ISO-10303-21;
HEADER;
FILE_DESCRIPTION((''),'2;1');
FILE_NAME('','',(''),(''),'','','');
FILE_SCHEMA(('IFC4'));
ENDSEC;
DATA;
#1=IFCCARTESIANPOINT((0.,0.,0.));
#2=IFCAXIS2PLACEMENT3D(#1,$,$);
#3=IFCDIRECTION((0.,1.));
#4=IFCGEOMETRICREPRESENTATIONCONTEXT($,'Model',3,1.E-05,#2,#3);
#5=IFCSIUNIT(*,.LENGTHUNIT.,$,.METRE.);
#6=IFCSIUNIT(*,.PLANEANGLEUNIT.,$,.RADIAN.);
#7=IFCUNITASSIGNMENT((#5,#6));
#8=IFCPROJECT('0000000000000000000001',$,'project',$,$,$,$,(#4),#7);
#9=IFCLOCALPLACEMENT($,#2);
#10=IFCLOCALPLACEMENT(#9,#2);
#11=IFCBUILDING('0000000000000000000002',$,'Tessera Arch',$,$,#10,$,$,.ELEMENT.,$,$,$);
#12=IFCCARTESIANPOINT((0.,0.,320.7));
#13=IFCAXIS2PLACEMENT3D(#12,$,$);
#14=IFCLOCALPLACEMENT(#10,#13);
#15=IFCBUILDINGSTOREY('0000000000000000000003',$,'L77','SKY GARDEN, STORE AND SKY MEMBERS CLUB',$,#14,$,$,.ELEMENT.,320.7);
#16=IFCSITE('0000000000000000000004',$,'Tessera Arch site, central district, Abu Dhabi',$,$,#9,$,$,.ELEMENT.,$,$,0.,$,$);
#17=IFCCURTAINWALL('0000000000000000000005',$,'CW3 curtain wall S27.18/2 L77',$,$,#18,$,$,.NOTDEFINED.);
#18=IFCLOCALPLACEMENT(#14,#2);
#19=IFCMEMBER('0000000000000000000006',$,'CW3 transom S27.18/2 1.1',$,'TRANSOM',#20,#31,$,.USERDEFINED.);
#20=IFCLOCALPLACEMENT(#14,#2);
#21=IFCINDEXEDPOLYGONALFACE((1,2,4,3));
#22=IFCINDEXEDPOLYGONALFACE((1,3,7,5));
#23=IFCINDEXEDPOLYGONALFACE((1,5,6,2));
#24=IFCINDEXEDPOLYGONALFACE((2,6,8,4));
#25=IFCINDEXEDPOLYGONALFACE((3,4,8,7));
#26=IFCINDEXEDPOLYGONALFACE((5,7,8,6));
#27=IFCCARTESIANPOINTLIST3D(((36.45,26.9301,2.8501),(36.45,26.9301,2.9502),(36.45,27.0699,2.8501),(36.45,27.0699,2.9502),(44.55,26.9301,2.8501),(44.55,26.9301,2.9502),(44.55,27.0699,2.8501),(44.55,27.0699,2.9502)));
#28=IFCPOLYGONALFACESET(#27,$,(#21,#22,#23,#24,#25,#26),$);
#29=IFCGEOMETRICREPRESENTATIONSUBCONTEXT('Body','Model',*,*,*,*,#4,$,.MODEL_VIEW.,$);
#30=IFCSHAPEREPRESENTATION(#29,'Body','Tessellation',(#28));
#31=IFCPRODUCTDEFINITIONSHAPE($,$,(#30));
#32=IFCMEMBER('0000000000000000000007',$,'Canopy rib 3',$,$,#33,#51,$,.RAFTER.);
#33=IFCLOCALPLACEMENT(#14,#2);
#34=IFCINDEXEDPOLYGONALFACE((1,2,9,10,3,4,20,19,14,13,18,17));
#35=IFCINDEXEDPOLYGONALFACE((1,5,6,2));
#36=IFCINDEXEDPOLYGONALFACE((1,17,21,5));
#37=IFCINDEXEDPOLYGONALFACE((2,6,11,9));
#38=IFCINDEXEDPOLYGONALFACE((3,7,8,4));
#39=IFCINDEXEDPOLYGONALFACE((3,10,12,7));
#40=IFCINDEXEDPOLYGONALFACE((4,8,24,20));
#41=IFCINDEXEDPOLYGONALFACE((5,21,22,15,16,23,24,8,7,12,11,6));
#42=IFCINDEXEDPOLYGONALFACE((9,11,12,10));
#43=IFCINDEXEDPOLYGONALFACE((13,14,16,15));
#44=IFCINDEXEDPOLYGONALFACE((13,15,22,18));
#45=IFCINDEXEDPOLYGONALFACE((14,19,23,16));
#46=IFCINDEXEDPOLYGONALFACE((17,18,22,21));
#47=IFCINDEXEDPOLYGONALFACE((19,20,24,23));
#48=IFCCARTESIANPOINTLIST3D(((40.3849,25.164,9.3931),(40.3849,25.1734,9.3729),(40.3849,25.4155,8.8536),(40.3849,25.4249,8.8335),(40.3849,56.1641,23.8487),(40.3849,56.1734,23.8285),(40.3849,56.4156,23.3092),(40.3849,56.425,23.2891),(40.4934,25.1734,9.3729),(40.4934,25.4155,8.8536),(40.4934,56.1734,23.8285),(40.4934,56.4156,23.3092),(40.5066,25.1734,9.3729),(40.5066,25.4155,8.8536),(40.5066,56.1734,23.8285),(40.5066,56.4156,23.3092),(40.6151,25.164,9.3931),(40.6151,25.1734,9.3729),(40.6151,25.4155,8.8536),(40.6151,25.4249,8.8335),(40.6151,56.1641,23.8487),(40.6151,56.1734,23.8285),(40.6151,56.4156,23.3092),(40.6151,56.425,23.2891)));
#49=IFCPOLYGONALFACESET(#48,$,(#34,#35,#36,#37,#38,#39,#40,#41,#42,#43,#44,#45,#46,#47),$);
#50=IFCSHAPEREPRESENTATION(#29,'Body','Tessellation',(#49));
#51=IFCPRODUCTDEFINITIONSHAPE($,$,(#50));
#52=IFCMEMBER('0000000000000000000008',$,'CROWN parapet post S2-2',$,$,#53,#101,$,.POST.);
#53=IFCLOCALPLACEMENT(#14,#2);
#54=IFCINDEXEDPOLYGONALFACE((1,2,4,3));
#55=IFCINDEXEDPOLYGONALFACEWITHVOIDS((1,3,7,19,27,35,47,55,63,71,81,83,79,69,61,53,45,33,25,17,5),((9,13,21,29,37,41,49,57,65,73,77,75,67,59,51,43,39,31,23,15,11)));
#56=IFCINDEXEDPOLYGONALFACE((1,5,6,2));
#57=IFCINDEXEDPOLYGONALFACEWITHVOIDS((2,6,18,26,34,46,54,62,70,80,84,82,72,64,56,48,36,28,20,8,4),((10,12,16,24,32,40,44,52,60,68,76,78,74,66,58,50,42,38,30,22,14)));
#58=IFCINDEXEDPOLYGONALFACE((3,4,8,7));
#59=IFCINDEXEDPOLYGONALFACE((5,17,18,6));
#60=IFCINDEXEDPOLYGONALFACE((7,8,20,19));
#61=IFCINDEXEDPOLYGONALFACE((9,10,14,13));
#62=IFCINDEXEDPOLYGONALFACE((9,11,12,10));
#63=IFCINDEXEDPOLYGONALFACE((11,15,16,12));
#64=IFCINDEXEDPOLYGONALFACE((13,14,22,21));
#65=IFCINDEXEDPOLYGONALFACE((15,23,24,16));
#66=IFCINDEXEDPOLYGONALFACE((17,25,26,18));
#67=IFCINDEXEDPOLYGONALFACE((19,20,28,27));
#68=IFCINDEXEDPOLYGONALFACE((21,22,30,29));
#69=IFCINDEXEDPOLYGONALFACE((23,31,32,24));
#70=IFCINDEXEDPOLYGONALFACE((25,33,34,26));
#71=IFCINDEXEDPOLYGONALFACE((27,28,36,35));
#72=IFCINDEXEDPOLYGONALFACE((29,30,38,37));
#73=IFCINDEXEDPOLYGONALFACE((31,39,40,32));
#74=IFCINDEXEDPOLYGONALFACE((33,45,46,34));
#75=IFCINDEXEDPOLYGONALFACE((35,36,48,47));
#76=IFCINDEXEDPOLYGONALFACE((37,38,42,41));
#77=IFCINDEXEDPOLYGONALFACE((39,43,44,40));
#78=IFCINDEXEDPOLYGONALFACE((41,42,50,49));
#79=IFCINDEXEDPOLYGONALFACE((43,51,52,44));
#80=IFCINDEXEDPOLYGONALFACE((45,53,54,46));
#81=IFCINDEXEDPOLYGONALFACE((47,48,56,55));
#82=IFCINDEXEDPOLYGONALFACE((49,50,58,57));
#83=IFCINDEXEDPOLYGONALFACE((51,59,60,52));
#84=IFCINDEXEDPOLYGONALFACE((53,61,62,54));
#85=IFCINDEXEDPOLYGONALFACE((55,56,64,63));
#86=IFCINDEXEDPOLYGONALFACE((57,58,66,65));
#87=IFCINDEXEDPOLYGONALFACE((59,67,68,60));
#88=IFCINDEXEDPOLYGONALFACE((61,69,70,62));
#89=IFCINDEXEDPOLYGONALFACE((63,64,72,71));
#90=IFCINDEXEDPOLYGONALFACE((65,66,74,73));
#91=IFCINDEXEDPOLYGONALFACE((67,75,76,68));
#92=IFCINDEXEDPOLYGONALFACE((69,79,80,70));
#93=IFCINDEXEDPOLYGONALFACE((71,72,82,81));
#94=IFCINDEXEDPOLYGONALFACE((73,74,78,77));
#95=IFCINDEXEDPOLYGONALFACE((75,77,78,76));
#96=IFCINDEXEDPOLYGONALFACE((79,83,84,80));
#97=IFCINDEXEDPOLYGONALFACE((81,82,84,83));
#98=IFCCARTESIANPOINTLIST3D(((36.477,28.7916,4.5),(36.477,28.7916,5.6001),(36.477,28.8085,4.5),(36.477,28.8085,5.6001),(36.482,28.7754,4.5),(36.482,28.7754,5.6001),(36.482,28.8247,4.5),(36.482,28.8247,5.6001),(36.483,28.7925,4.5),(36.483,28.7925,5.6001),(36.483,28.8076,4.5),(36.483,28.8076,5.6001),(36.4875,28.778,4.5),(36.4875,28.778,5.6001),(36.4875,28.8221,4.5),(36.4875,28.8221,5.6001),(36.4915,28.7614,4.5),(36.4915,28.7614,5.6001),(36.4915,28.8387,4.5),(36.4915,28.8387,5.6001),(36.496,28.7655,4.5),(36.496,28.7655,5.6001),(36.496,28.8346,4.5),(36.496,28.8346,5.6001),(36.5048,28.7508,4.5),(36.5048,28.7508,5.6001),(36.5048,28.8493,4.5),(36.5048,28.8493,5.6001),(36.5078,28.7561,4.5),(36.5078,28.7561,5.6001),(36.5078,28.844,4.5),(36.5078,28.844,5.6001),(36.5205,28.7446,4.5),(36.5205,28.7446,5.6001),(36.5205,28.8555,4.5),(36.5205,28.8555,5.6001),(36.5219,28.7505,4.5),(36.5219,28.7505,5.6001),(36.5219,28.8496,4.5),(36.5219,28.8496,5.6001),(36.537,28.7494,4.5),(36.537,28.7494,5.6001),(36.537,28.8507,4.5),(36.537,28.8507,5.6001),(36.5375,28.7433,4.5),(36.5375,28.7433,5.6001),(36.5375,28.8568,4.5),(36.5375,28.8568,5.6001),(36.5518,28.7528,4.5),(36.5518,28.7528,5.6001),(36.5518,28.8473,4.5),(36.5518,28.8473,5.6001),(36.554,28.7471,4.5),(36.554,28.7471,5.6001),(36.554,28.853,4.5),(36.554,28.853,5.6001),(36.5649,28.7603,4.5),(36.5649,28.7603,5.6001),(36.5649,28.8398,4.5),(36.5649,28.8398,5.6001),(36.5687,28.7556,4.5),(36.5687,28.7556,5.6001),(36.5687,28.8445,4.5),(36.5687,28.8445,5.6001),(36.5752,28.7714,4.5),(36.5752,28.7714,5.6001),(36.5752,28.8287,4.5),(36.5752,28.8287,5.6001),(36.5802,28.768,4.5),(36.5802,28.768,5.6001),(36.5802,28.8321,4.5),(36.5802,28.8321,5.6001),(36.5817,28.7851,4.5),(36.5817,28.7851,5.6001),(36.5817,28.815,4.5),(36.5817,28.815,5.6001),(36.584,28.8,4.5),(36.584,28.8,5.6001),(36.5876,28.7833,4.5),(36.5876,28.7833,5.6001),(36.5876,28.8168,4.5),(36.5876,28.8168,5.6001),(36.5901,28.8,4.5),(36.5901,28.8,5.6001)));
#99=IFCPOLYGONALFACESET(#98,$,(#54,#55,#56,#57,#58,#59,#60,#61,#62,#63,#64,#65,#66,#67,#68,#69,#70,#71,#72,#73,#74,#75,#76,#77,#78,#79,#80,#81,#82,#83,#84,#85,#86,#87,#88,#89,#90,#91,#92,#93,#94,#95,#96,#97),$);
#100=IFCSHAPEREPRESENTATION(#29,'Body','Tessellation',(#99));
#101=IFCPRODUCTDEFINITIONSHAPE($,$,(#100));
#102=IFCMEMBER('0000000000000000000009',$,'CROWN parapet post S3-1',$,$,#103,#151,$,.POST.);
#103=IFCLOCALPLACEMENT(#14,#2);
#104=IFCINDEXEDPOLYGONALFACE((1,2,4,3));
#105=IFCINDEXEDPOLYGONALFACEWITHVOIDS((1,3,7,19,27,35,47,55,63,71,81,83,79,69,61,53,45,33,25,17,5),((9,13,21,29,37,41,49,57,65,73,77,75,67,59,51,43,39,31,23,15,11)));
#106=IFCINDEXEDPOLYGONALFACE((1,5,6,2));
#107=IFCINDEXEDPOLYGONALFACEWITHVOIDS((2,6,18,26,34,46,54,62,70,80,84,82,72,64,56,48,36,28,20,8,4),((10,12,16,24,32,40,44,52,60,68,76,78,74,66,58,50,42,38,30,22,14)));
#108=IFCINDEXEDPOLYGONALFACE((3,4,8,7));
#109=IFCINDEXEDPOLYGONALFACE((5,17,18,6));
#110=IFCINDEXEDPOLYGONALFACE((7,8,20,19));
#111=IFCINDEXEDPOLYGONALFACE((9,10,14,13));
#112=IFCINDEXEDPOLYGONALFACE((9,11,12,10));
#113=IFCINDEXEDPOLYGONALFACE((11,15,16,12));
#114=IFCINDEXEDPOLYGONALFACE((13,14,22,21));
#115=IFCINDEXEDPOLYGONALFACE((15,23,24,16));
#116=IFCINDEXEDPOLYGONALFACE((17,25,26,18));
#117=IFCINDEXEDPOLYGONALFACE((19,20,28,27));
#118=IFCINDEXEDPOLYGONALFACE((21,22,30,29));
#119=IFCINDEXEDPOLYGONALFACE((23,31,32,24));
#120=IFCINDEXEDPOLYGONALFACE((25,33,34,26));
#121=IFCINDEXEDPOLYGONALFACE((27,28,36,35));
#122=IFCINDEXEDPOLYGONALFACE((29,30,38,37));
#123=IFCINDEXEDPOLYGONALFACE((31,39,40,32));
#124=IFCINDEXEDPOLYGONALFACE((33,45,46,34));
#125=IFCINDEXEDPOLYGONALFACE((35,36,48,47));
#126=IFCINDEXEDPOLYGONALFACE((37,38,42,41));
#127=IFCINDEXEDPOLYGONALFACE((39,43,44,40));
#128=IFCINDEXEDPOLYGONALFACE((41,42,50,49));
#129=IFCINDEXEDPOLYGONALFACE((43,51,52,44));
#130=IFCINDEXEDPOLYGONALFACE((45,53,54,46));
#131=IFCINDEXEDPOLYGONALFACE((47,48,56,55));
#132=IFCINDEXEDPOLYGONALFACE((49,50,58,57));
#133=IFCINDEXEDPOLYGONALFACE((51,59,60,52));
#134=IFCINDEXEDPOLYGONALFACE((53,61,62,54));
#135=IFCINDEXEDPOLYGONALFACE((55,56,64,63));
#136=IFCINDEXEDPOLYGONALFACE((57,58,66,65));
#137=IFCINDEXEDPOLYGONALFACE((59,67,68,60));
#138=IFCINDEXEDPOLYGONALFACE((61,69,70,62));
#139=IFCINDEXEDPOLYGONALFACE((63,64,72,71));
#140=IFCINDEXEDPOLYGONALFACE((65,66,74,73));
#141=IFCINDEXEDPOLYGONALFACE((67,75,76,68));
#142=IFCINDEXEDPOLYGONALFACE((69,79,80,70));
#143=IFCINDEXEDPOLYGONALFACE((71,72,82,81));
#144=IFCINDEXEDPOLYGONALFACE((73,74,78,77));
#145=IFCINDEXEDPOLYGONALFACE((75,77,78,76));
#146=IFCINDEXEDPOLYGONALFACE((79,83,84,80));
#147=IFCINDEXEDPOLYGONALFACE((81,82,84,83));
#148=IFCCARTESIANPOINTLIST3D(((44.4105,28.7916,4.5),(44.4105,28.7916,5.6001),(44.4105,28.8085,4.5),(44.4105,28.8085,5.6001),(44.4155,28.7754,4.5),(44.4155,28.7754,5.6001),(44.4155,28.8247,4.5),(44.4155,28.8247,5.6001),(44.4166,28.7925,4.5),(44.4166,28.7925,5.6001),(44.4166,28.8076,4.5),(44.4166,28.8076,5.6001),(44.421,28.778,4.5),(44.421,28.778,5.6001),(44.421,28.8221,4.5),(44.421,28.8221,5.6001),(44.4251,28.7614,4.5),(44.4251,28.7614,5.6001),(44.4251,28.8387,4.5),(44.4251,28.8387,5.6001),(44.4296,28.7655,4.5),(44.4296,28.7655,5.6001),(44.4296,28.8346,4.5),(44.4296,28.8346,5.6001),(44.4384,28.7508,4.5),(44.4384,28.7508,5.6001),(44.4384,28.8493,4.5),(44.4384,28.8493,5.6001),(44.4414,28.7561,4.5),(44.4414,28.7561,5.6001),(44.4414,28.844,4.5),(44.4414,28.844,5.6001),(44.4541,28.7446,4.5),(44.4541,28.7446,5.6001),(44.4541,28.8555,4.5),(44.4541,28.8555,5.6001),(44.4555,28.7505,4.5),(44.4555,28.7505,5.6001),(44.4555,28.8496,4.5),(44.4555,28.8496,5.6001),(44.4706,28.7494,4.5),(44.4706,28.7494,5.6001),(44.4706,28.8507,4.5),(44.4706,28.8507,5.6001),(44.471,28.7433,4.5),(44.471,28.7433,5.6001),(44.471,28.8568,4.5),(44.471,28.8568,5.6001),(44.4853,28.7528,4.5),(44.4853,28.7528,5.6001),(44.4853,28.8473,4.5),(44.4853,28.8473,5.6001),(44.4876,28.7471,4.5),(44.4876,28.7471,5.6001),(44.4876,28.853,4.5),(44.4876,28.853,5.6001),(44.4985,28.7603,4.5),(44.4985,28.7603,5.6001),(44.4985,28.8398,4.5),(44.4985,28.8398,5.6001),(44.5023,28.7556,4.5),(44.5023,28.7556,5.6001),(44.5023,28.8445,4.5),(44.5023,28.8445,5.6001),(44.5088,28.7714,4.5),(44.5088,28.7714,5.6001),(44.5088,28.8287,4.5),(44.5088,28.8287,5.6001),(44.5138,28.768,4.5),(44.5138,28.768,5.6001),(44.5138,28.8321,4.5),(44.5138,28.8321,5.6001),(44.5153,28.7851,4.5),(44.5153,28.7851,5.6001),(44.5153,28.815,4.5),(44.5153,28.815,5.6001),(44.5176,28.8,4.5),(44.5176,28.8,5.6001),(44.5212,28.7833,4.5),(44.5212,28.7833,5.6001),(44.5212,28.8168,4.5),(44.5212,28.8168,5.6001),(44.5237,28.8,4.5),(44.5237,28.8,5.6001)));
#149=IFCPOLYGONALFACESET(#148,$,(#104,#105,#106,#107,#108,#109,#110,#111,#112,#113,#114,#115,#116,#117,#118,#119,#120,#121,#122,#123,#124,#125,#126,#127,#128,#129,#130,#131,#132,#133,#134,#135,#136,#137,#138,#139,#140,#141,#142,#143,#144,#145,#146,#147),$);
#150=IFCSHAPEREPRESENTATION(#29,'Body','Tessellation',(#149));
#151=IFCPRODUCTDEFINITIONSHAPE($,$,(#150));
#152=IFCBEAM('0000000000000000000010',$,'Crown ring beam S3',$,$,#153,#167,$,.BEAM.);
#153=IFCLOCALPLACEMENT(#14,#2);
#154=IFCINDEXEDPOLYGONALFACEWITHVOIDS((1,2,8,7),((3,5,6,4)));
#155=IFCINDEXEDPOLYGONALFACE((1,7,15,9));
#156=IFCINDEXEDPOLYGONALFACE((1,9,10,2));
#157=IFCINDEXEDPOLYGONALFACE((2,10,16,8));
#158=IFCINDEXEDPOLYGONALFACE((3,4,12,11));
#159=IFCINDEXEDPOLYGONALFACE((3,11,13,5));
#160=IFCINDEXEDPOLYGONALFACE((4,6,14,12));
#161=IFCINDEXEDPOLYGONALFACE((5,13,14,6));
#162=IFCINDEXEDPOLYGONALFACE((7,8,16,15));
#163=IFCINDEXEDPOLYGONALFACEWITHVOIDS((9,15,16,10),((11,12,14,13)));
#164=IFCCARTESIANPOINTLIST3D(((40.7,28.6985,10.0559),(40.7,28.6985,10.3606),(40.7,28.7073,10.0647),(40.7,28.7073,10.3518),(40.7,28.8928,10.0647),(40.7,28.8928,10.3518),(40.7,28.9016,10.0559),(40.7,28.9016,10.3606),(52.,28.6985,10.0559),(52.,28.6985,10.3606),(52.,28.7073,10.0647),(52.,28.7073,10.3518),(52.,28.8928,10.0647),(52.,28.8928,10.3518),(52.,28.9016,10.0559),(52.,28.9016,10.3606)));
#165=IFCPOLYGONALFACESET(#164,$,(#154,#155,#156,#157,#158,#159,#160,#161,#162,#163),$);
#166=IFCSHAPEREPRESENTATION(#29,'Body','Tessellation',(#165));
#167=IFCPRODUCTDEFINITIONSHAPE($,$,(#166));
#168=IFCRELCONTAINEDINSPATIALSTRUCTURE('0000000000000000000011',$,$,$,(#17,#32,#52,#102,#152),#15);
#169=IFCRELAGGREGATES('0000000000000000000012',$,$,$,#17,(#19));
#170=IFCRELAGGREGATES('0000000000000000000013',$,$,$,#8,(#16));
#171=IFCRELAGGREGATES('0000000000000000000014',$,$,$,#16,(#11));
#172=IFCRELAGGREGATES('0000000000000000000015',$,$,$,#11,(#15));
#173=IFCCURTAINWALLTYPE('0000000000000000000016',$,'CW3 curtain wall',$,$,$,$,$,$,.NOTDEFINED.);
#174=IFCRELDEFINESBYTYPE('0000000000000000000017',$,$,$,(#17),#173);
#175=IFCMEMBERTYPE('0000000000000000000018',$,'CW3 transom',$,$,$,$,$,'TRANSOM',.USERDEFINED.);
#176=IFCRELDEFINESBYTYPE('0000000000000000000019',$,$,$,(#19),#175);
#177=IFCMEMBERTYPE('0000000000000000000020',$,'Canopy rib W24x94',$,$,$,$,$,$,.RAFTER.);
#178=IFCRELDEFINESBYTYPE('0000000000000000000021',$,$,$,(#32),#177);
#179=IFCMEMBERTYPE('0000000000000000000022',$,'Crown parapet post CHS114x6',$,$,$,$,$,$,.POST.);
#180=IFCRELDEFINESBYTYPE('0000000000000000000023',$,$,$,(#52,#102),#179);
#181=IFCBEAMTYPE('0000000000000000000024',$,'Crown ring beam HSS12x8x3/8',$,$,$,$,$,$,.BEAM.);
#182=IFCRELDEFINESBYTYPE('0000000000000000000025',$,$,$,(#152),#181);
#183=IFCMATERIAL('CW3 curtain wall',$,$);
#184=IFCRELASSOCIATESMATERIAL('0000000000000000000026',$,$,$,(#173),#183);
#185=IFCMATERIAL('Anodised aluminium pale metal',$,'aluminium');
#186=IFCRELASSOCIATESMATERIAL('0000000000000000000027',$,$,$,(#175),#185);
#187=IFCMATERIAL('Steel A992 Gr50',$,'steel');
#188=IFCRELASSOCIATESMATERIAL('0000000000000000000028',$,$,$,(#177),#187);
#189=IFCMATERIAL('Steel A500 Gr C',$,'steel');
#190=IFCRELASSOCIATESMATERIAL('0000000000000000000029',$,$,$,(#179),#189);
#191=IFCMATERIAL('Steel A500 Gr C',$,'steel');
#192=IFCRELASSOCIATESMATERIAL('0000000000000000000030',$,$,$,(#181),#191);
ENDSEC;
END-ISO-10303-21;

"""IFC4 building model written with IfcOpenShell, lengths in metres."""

from ifc_helpers import new_model, si_unit, direction, frame, origin, origin_2d, place, context, subcontext, project, spatial, rectangle, hollow_rectangle, hollow_circle, i_section, extrude, material, material_profile, profile_set, type_object, element, aggregate, save


model = new_model("IFC4")

# Units and contexts
model_context = context("Model", 3, precision=1e-05, world=origin(), true_north=direction((0.0, 1.0)))
body_context = subcontext(model_context, "Body", "Model", "MODEL_VIEW")
ifc_project = project(units=[si_unit("LENGTHUNIT", "METRE"), si_unit("PLANEANGLEUNIT", "RADIAN")], contexts=[model_context])

# Site, building, storey
site_placement = place(None, origin())
site = spatial("IfcSite", under=ifc_project, at=site_placement, Name="Tessera Arch site, central district, Abu Dhabi", CompositionType="ELEMENT", RefElevation=0.0)
building_placement = place(site_placement, origin())
building = spatial("IfcBuilding", under=site, at=building_placement, Name="Tessera Arch", CompositionType="ELEMENT")
storey_placement = place(building_placement, frame((0.0, 0.0, 320.7)))
storey = spatial("IfcBuildingStorey", under=building, at=storey_placement, Name="L77", Description="SKY GARDEN, STORE AND SKY MEMBERS CLUB", CompositionType="ELEMENT", Elevation=320.7)

# Curtain wall, member
ifc_material_1 = material(Name="CW3 curtain wall")
curtain_wall_type = type_object("IfcCurtainWallType", Name="CW3 curtain wall", PredefinedType="NOTDEFINED", material=ifc_material_1)
curtain_wall_placement = place(storey_placement, origin())
curtain_wall = element("IfcCurtainWall", 1, at=curtain_wall_placement, inside=storey, type_object=curtain_wall_type, Name="CW3 curtain wall S27.18/2 L77", PredefinedType="NOTDEFINED")
ifc_material_2 = material(Name="Anodised aluminium pale metal", Category="aluminium")
ifc_material_profile_1 = material_profile(ifc_material_2, rectangle(XDim=0.1399, YDim=0.1001, at=origin_2d()), Name="AL 140x100")
ifc_profile_set_1 = profile_set([ifc_material_profile_1], Name="Anodised aluminium pale metal")
member_type_1 = type_object("IfcMemberType", Name="CW3 transom", ElementType="TRANSOM", PredefinedType="USERDEFINED", material=ifc_profile_set_1)
member_1_placement = place(storey_placement, frame((36.45, 27.0, 2.9001), z_axis=(1.0, 0.0, 0.0), x_axis=(0.0, 1.0, 0.0)))
member_1 = element("IfcMember", 2, at=member_1_placement, type_object=member_type_1, Name="CW3 transom S27.18/2 1.1", ObjectType="TRANSOM", PredefinedType="USERDEFINED", context=body_context, shape_type="SweptSolid", body=[
    extrude(rectangle(XDim=0.1399, YDim=0.1001, at=origin_2d()), origin(), (0.0, 0.0, 1.0), 8.1001),
])
aggregate(curtain_wall, [member_1])

# Members
ifc_material_3 = material(Name="Steel A992 Gr50", Category="steel")
ifc_material_profile_2 = material_profile(ifc_material_3, i_section(OverallWidth=0.2302, OverallDepth=0.6174, WebThickness=0.0132, FlangeThickness=0.0222, at=origin_2d()), Name="W24x94")
ifc_profile_set_2 = profile_set([ifc_material_profile_2], Name="Steel A992 Gr50")
member_type_2 = type_object("IfcMemberType", Name="Canopy rib W24x94", PredefinedType="RAFTER", material=ifc_profile_set_2)
member_2_placement = place(storey_placement, frame((40.5, 25.2944, 9.1133), z_axis=(0.0, 0.906307, 0.422619), x_axis=(-1.0, 0.0, 0.0)))
element("IfcMember", 3, at=member_2_placement, inside=storey, type_object=member_type_2, Name="Canopy rib 3", PredefinedType="RAFTER", context=body_context, shape_type="SweptSolid", body=[
    extrude(i_section(OverallWidth=0.2302, OverallDepth=0.6174, WebThickness=0.0132, FlangeThickness=0.0222, at=origin_2d()), origin(), (0.0, 0.0, 1.0), 34.2048),
])
ifc_material_4 = material(Name="Steel A500 Gr C", Category="steel")
ifc_material_profile_3 = material_profile(ifc_material_4, hollow_circle(Radius=0.0569, WallThickness=0.0061, at=origin_2d()), Name="Crown parapet post CHS114x6")
ifc_profile_set_3 = profile_set([ifc_material_profile_3], Name="Steel A500 Gr C")
member_type_3 = type_object("IfcMemberType", Name="Crown parapet post CHS114x6", PredefinedType="POST", material=ifc_profile_set_3)
for number, where, z_axis, x_axis, name in (
    (4, (36.5332, 28.8, 4.5), (0.0, 0.0, 1.0), (1.0, 0.0, 0.0), "CROWN parapet post S2-2"),
    (5, (44.4668, 28.8, 4.5), (0.0, 0.0, 1.0), (1.0, 0.0, 0.0), "CROWN parapet post S3-1"),
):
    element("IfcMember", number, at=place(storey_placement, frame(where, z_axis=z_axis, x_axis=x_axis)), inside=storey, type_object=member_type_3, Name=name, PredefinedType="POST", context=body_context, shape_type="SweptSolid", body=[
        extrude(hollow_circle(Radius=0.0569, WallThickness=0.0061, at=origin_2d()), origin(), (0.0, 0.0, 1.0), 1.1001),
    ])

# Beam
ifc_material_5 = material(Name="Steel A500 Gr C", Category="steel")
ifc_material_profile_4 = material_profile(ifc_material_5, hollow_rectangle(XDim=0.2031, YDim=0.3047, WallThickness=0.0088, at=origin_2d()), Name="HSS12x8x3/8")
ifc_profile_set_4 = profile_set([ifc_material_profile_4], Name="Steel A500 Gr C")
beam_type_1 = type_object("IfcBeamType", Name="Crown ring beam HSS12x8x3/8", PredefinedType="BEAM", material=ifc_profile_set_4)
beam_1_placement = place(storey_placement, frame((40.7, 28.8, 10.2083), z_axis=(1.0, 0.0, 0.0), x_axis=(0.0, 1.0, 0.0)))
element("IfcBeam", 6, at=beam_1_placement, inside=storey, type_object=beam_type_1, Name="Crown ring beam S3", PredefinedType="BEAM", context=body_context, shape_type="SweptSolid", body=[
    extrude(hollow_rectangle(XDim=0.2031, YDim=0.3047, WallThickness=0.0088, at=origin_2d()), origin(), (0.0, 0.0, 1.0), 11.3),
])

save(model, "model.ifc")
